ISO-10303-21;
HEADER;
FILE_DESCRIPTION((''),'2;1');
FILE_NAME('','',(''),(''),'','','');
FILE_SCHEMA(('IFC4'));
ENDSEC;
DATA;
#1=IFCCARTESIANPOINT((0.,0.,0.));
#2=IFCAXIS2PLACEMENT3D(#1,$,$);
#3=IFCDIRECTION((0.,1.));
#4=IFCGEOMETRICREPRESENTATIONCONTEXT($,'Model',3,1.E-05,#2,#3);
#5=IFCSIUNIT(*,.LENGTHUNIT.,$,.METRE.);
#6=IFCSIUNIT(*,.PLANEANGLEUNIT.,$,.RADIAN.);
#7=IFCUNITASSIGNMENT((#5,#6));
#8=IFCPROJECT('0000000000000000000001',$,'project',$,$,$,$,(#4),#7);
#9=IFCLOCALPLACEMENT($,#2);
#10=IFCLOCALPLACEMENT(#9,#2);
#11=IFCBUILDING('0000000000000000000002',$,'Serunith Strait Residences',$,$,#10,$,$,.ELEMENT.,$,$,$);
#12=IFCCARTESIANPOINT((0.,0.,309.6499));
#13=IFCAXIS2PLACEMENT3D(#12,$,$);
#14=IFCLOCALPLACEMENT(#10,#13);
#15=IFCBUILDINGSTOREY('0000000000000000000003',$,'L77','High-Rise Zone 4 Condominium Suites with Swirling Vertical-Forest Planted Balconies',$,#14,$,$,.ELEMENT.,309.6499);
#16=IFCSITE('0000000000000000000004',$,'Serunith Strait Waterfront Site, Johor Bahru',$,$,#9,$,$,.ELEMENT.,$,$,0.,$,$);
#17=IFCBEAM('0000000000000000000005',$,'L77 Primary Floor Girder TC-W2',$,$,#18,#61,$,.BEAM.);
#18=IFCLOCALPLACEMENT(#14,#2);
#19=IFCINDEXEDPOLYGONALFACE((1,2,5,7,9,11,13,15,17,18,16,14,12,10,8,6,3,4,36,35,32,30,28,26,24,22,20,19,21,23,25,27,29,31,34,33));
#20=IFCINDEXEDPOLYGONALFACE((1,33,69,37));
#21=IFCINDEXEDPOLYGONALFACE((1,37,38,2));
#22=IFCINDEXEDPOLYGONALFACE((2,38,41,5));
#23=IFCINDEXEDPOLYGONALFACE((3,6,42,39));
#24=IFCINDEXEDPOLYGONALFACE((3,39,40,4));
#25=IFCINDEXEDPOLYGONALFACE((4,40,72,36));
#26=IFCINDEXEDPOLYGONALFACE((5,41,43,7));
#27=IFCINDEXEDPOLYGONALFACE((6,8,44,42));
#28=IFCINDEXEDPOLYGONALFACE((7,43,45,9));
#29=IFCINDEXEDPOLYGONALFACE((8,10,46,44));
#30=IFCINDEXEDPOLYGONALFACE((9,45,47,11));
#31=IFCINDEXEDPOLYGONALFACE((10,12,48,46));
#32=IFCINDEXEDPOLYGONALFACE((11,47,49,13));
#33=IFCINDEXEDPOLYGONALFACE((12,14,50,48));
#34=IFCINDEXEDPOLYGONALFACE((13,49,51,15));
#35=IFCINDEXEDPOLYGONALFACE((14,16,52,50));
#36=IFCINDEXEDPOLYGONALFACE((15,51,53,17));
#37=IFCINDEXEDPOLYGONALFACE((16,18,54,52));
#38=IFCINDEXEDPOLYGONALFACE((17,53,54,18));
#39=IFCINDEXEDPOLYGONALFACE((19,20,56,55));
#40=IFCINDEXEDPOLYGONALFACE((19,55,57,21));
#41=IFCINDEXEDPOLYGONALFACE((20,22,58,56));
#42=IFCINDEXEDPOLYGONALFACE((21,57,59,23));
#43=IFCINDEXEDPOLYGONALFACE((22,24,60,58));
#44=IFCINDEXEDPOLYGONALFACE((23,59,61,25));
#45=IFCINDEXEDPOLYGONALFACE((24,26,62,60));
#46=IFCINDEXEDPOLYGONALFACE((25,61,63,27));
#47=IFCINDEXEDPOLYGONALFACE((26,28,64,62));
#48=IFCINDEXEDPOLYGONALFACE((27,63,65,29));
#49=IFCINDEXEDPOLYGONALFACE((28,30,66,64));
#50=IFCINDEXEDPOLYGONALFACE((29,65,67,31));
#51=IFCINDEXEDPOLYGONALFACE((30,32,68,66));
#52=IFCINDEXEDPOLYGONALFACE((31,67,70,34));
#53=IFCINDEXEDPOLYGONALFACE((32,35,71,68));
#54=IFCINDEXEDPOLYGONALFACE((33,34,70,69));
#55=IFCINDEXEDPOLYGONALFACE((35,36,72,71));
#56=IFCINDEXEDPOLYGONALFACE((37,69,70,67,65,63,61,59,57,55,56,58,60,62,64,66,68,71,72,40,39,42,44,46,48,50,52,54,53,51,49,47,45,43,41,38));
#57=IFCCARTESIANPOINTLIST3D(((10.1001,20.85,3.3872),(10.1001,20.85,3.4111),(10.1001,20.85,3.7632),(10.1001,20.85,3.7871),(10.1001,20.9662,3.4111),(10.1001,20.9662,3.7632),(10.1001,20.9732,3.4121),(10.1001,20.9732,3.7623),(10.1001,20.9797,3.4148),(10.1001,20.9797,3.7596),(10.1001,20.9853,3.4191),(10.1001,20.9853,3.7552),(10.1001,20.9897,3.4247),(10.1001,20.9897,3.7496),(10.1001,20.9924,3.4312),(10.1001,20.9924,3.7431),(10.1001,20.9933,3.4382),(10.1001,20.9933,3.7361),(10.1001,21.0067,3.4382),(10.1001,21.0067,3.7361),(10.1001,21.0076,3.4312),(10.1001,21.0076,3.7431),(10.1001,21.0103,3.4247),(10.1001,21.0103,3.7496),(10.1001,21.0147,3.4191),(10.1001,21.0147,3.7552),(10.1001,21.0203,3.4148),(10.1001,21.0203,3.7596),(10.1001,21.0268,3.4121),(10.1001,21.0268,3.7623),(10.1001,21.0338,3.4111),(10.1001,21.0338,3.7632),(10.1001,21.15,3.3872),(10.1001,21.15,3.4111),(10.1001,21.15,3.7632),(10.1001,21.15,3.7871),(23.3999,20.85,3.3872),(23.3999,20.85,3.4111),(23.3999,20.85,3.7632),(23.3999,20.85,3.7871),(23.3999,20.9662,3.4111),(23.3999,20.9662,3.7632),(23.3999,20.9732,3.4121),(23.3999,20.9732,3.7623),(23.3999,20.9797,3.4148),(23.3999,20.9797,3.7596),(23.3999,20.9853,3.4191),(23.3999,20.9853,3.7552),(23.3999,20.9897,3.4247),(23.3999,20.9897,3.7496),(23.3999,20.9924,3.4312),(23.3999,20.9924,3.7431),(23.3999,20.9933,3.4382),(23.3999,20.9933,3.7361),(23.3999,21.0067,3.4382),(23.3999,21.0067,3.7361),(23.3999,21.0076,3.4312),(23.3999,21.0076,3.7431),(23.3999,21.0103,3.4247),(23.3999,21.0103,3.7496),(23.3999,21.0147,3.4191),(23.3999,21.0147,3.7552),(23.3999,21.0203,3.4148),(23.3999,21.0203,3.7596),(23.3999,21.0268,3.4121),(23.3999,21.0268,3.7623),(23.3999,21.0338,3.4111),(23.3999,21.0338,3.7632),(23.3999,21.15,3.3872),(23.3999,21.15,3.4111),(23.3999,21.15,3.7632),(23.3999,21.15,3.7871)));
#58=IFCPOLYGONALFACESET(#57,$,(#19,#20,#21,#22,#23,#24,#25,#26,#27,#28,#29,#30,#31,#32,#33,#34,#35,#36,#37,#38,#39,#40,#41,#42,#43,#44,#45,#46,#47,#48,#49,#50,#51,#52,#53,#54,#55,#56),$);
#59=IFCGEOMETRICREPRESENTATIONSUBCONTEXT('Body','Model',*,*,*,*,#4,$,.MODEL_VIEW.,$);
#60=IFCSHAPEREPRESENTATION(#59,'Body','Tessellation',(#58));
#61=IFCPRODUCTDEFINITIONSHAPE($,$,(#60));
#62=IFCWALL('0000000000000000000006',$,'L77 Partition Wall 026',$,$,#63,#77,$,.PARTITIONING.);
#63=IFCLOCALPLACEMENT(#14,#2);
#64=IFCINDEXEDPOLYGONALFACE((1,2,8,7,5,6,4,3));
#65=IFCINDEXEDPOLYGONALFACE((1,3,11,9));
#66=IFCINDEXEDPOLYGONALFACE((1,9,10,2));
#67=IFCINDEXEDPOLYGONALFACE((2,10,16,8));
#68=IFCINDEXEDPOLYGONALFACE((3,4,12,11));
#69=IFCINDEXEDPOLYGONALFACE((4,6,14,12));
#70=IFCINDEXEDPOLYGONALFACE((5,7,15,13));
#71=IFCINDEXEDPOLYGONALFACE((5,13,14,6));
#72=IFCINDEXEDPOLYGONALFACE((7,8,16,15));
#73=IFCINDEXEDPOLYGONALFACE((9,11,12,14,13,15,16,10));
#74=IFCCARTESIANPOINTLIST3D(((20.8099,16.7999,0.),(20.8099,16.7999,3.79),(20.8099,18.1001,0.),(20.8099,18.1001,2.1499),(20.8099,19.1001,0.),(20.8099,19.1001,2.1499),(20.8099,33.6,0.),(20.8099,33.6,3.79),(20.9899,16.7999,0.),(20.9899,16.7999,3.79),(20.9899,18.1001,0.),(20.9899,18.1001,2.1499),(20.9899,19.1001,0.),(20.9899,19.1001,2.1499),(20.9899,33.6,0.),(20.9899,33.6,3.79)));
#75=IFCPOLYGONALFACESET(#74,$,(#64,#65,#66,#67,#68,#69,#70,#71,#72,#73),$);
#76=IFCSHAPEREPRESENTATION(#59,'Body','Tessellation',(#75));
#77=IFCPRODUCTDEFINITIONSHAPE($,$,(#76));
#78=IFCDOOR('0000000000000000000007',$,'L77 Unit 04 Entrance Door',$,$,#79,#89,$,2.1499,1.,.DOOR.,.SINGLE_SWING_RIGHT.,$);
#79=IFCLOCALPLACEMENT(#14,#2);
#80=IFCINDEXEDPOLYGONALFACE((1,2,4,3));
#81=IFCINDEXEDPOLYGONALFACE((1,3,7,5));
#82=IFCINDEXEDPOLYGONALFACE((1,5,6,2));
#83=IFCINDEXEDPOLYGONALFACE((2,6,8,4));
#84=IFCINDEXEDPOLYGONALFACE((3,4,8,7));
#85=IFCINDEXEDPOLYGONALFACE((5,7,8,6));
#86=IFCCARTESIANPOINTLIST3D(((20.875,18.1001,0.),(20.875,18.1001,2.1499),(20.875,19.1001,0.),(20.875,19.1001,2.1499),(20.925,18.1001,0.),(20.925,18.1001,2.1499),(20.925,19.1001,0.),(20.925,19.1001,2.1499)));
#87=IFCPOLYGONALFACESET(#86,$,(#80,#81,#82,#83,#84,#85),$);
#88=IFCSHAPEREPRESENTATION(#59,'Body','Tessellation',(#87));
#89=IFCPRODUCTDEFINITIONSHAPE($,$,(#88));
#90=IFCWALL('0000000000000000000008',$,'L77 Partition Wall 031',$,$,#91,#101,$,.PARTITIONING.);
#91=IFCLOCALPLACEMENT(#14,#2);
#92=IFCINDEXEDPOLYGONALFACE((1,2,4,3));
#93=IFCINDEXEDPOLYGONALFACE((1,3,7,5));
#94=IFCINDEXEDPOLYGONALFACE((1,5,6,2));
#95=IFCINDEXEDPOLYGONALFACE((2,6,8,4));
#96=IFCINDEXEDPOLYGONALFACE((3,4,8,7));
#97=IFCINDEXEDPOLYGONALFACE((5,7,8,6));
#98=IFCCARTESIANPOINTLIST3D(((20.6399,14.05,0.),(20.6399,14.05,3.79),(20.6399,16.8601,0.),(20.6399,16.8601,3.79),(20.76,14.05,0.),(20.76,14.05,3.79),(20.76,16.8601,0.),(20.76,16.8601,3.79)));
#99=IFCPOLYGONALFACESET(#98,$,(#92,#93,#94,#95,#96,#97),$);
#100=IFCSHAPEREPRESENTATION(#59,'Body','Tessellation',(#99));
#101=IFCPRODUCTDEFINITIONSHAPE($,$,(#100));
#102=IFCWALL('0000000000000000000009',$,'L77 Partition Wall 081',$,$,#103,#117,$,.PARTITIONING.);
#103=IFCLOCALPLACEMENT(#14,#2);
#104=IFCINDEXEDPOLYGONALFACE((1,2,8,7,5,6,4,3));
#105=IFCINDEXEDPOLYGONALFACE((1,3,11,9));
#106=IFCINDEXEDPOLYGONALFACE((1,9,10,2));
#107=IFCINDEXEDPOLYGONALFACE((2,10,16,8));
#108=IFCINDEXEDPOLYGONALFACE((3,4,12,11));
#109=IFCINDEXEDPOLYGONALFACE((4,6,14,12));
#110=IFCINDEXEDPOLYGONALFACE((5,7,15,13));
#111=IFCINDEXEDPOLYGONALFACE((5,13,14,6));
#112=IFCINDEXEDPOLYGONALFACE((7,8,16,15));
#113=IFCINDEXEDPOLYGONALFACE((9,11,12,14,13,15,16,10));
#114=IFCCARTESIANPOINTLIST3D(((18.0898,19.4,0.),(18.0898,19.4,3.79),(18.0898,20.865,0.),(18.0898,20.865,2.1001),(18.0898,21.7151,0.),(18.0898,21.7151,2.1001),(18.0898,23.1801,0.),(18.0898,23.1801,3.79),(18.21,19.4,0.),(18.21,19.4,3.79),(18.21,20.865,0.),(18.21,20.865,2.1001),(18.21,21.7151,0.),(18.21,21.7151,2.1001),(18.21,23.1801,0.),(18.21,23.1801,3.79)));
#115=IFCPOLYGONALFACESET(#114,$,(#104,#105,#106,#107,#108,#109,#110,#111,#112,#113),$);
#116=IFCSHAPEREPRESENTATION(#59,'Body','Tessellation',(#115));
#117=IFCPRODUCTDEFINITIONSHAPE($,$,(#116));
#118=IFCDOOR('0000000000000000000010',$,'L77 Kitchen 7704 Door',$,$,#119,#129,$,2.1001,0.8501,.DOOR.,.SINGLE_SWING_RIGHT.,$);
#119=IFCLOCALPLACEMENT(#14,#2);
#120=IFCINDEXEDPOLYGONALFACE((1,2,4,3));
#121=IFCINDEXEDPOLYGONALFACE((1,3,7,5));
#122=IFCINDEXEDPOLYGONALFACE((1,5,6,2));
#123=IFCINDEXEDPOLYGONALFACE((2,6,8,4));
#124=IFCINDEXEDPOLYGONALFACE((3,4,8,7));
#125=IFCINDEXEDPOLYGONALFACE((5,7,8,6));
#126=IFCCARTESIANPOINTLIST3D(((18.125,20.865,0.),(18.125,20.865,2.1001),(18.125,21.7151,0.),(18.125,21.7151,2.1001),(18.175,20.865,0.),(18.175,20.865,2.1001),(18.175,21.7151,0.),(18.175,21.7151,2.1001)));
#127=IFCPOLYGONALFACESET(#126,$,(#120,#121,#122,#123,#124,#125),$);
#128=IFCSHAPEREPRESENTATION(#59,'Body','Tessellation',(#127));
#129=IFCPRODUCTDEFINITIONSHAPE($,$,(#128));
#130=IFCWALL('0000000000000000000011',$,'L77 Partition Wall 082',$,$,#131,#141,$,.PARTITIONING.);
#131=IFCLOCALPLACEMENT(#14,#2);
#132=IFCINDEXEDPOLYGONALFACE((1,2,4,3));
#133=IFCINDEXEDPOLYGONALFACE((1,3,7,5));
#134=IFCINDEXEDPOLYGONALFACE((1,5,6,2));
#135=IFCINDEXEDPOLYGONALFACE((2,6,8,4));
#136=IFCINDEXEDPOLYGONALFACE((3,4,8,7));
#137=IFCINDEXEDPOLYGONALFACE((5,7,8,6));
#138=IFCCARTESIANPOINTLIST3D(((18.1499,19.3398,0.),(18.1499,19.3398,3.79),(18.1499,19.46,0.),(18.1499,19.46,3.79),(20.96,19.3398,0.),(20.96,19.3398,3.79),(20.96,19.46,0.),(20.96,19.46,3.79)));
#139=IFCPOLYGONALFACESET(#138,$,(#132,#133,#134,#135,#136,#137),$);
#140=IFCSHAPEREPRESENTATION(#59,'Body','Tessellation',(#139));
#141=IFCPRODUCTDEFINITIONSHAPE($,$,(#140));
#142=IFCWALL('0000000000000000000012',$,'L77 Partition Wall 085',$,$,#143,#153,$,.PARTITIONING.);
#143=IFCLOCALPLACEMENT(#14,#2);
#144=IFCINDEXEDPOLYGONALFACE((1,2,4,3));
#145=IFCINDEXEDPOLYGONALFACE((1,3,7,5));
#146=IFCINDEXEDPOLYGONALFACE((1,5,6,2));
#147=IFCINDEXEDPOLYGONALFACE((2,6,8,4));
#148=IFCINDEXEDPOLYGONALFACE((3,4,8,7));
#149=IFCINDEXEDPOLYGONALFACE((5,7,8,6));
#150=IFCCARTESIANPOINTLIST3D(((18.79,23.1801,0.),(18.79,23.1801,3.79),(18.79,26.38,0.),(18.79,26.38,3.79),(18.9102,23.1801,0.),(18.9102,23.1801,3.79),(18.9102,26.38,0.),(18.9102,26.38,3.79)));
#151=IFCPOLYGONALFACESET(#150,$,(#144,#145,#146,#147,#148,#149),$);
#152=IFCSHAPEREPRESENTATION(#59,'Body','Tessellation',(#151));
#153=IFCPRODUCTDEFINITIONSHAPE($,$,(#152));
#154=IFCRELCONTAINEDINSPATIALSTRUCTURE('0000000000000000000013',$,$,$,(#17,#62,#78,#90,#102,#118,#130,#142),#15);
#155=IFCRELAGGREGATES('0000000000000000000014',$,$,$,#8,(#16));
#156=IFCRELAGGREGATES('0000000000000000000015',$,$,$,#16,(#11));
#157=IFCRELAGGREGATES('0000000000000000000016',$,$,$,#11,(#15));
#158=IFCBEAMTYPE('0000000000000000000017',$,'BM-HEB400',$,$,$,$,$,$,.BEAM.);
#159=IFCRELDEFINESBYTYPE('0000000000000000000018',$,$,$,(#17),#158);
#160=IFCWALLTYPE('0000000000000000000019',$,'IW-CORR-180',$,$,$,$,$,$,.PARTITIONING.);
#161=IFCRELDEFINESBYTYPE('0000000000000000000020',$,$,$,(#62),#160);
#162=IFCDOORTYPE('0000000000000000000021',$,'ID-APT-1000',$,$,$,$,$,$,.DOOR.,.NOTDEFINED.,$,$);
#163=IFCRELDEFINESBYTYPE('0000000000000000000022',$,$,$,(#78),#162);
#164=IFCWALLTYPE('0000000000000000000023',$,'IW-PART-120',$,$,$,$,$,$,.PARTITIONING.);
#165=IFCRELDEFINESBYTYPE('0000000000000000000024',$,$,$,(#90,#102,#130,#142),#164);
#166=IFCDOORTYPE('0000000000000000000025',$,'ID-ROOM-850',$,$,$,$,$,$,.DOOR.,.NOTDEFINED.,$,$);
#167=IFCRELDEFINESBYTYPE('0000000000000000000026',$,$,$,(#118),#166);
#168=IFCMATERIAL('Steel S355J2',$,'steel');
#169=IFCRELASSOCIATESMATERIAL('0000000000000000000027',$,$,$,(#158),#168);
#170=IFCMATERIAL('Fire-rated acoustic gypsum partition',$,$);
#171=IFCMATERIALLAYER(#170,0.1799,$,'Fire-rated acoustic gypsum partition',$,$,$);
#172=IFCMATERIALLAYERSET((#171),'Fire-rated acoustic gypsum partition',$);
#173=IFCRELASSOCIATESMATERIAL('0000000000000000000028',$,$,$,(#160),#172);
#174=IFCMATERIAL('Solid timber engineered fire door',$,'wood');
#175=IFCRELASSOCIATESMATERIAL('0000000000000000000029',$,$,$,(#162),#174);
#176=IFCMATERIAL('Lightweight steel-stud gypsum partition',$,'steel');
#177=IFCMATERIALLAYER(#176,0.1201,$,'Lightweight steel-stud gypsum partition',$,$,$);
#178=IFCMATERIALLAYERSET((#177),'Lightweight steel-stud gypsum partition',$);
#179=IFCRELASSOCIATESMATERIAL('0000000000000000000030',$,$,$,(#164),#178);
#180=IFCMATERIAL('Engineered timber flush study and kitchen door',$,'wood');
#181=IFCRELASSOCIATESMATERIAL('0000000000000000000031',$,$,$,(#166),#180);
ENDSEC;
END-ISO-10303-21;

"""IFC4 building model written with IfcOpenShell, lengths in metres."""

from ifc_helpers import new_model, si_unit, direction, frame, frame_2d, origin, origin_2d, place, context, subcontext, project, spatial, rectangle, i_section, extrude, source, transform, mapped, material, layer, layer_set, material_profile, profile_set, type_object, element, fill, save


model = new_model("IFC4")

# Units and contexts
model_context = context("Model", 3, precision=1e-05, world=origin(), true_north=direction((0.0, 1.0)))
body_context = subcontext(model_context, "Body", "Model", "MODEL_VIEW")
ifc_project = project(units=[si_unit("LENGTHUNIT", "METRE"), si_unit("PLANEANGLEUNIT", "RADIAN")], contexts=[model_context])

# Site, building, storey
site_placement = place(None, origin())
site = spatial("IfcSite", under=ifc_project, at=site_placement, Name="Serunith Strait Waterfront Site, Johor Bahru", CompositionType="ELEMENT", RefElevation=0.0)
building_placement = place(site_placement, origin())
building = spatial("IfcBuilding", under=site, at=building_placement, Name="Serunith Strait Residences", CompositionType="ELEMENT")
storey_placement = place(building_placement, frame((0.0, 0.0, 309.6499)))
storey = spatial("IfcBuildingStorey", under=building, at=storey_placement, Name="L77", Description="High-Rise Zone 4 Condominium Suites with Swirling Vertical-Forest Planted Balconies", CompositionType="ELEMENT", Elevation=309.6499)

# Beam
ifc_material_1 = material(Name="Steel S355J2", Category="steel")
ifc_material_profile = material_profile(ifc_material_1, i_section(OverallWidth=0.3, OverallDepth=0.3999, WebThickness=0.0134, FlangeThickness=0.0239, FilletRadius=0.0271, at=origin_2d()), Name="HEB 400")
ifc_profile_set = profile_set([ifc_material_profile], Name="Steel S355J2")
beam_type = type_object("IfcBeamType", Name="BM-HEB400", PredefinedType="BEAM", material=ifc_profile_set)
shared_shape_1 = source(origin(), body_context, "Body", "SweptSolid", [
    extrude(i_section(OverallWidth=0.3, OverallDepth=0.3999, WebThickness=0.0134, FlangeThickness=0.0239, FilletRadius=0.0271, at=origin_2d()), origin(), (0.0, 0.0, 1.0), 13.2998),
])
beam_placement = place(storey_placement, frame((23.3999, 21.0, 3.5872), z_axis=(-1.0, 0.0, 0.0), x_axis=(0.0, -1.0, 0.0)))
element("IfcBeam", 1, at=beam_placement, inside=storey, type_object=beam_type, Name="L77 Primary Floor Girder TC-W2", PredefinedType="BEAM", context=body_context, shape_type="MappedRepresentation", body=[
    mapped(shared_shape_1, transform((0.0, 0.0, 0.0), scale=1.0)),
])

# Wall, opening, door
ifc_material_2 = material(Name="Fire-rated acoustic gypsum partition")
ifc_layer_1 = layer(ifc_material_2, 0.1799, Name="Fire-rated acoustic gypsum partition")
ifc_layer_set_1 = layer_set([ifc_layer_1], Name="Fire-rated acoustic gypsum partition")
wall_type_1 = type_object("IfcWallType", Name="IW-CORR-180", PredefinedType="PARTITIONING", material=ifc_layer_set_1)
ifc_material_3 = material(Name="Solid timber engineered fire door", Category="wood")
door_type_1 = type_object("IfcDoorType", Name="ID-APT-1000", OperationType="NOTDEFINED", PredefinedType="DOOR", material=ifc_material_3)
shared_shape_2 = source(origin(), body_context, "Body", "SweptSolid", [
    extrude(rectangle(XDim=1.0, YDim=2.1499, at=frame_2d((0.5, 1.075))), frame((0.0, 0.0249, 0.0), z_axis=(0.0, -1.0, 0.0), x_axis=(1.0, 0.0, 0.0)), (0.0, 0.0, 1.0), 0.05),
])
wall_1_placement = place(storey_placement, frame((20.8999, 16.8, 0.0), z_axis=(0.0, 0.0, 1.0), x_axis=(0.0, 1.0, 0.0)))
wall_1 = element("IfcWall", 2, at=wall_1_placement, inside=storey, type_object=wall_type_1, Name="L77 Partition Wall 026", PredefinedType="PARTITIONING", context=body_context, shape_type="SweptSolid", body=[
    extrude(rectangle(XDim=16.8, YDim=0.1799, at=frame_2d((8.3999, 0.0))), origin(), (0.0, 0.0, 1.0), 3.79),
])
opening_1_placement = place(wall_1_placement, frame((1.3, 0.0, 0.0)))
opening_1 = element("IfcOpeningElement", 3, at=opening_1_placement, cuts=wall_1, PredefinedType="OPENING", context=body_context, shape_type="SweptSolid", body=[
    extrude(rectangle(XDim=1.0, YDim=2.1499, at=frame_2d((0.5, 1.075))), frame((0.0, 0.1001, 0.0), z_axis=(0.0, -1.0, 0.0), x_axis=(1.0, 0.0, 0.0)), (0.0, 0.0, 1.0), 0.2),
])
door_1_placement = place(opening_1_placement, origin())
door_1 = element("IfcDoor", 4, at=door_1_placement, inside=storey, type_object=door_type_1, Name="L77 Unit 04 Entrance Door", OperationType="SINGLE_SWING_RIGHT", OverallHeight=2.1499, OverallWidth=1.0, PredefinedType="DOOR", context=body_context, shape_type="MappedRepresentation", body=[
    mapped(shared_shape_2, transform((0.0, 0.0, 0.0), scale=1.0)),
])
fill(opening_1, door_1)

# Wall
ifc_material_4 = material(Name="Lightweight steel-stud gypsum partition", Category="steel")
ifc_layer_2 = layer(ifc_material_4, 0.1201, Name="Lightweight steel-stud gypsum partition")
ifc_layer_set_2 = layer_set([ifc_layer_2], Name="Lightweight steel-stud gypsum partition")
wall_type_2 = type_object("IfcWallType", Name="IW-PART-120", PredefinedType="PARTITIONING", material=ifc_layer_set_2)
wall_2_placement = place(storey_placement, frame((20.7, 14.05, 0.0), z_axis=(0.0, 0.0, 1.0), x_axis=(0.0, 1.0, 0.0)))
element("IfcWall", 5, at=wall_2_placement, inside=storey, type_object=wall_type_2, Name="L77 Partition Wall 031", PredefinedType="PARTITIONING", context=body_context, shape_type="SweptSolid", body=[
    extrude(rectangle(XDim=2.8101, YDim=0.1201, at=frame_2d((1.405, 0.0))), origin(), (0.0, 0.0, 1.0), 3.79),
])

# Wall, opening, door
wall_3_placement = place(storey_placement, frame((18.1499, 19.3999, 0.0), z_axis=(0.0, 0.0, 1.0), x_axis=(0.0, 1.0, 0.0)))
wall_3 = element("IfcWall", 6, at=wall_3_placement, inside=storey, type_object=wall_type_2, Name="L77 Partition Wall 081", PredefinedType="PARTITIONING", context=body_context, shape_type="SweptSolid", body=[
    extrude(rectangle(XDim=3.78, YDim=0.1201, at=frame_2d((1.8901, 0.0))), origin(), (0.0, 0.0, 1.0), 3.79),
])
opening_2_placement = place(wall_3_placement, frame((1.4651, 0.0, 0.0)))
opening_2 = element("IfcOpeningElement", 7, at=opening_2_placement, cuts=wall_3, PredefinedType="OPENING", context=body_context, shape_type="SweptSolid", body=[
    extrude(rectangle(XDim=0.8501, YDim=2.1001, at=frame_2d((0.425, 1.05))), frame((0.0, 0.0701, 0.0), z_axis=(0.0, -1.0, 0.0), x_axis=(1.0, 0.0, 0.0)), (0.0, 0.0, 1.0), 0.1401),
])
ifc_material_5 = material(Name="Engineered timber flush study and kitchen door", Category="wood")
door_type_2 = type_object("IfcDoorType", Name="ID-ROOM-850", OperationType="NOTDEFINED", PredefinedType="DOOR", material=ifc_material_5)
shared_shape_3 = source(origin(), body_context, "Body", "SweptSolid", [
    extrude(rectangle(XDim=0.8501, YDim=2.1001, at=frame_2d((0.425, 1.05))), frame((0.0, 0.0249, 0.0), z_axis=(0.0, -1.0, 0.0), x_axis=(1.0, 0.0, 0.0)), (0.0, 0.0, 1.0), 0.05),
])
door_2_placement = place(opening_2_placement, origin())
door_2 = element("IfcDoor", 8, at=door_2_placement, inside=storey, type_object=door_type_2, Name="L77 Kitchen 7704 Door", OperationType="SINGLE_SWING_RIGHT", OverallHeight=2.1001, OverallWidth=0.8501, PredefinedType="DOOR", context=body_context, shape_type="MappedRepresentation", body=[
    mapped(shared_shape_3, transform((0.0, 0.0, 0.0), scale=1.0)),
])
fill(opening_2, door_2)

# Walls
wall_4_placement = place(storey_placement, frame((18.1499, 19.3999, 0.0), z_axis=(0.0, 0.0, 1.0), x_axis=(1.0, 0.0, 0.0)))
element("IfcWall", 9, at=wall_4_placement, inside=storey, type_object=wall_type_2, Name="L77 Partition Wall 082", PredefinedType="PARTITIONING", context=body_context, shape_type="SweptSolid", body=[
    extrude(rectangle(XDim=2.8101, YDim=0.1201, at=frame_2d((1.405, 0.0))), origin(), (0.0, 0.0, 1.0), 3.79),
])
wall_5_placement = place(storey_placement, frame((18.8501, 23.1799, 0.0), z_axis=(0.0, 0.0, 1.0), x_axis=(0.0, 1.0, 0.0)))
element("IfcWall", 10, at=wall_5_placement, inside=storey, type_object=wall_type_2, Name="L77 Partition Wall 085", PredefinedType="PARTITIONING", context=body_context, shape_type="SweptSolid", body=[
    extrude(rectangle(XDim=3.2, YDim=0.1201, at=frame_2d((1.6001, 0.0))), origin(), (0.0, 0.0, 1.0), 3.79),
])

save(model, "model.ifc")
